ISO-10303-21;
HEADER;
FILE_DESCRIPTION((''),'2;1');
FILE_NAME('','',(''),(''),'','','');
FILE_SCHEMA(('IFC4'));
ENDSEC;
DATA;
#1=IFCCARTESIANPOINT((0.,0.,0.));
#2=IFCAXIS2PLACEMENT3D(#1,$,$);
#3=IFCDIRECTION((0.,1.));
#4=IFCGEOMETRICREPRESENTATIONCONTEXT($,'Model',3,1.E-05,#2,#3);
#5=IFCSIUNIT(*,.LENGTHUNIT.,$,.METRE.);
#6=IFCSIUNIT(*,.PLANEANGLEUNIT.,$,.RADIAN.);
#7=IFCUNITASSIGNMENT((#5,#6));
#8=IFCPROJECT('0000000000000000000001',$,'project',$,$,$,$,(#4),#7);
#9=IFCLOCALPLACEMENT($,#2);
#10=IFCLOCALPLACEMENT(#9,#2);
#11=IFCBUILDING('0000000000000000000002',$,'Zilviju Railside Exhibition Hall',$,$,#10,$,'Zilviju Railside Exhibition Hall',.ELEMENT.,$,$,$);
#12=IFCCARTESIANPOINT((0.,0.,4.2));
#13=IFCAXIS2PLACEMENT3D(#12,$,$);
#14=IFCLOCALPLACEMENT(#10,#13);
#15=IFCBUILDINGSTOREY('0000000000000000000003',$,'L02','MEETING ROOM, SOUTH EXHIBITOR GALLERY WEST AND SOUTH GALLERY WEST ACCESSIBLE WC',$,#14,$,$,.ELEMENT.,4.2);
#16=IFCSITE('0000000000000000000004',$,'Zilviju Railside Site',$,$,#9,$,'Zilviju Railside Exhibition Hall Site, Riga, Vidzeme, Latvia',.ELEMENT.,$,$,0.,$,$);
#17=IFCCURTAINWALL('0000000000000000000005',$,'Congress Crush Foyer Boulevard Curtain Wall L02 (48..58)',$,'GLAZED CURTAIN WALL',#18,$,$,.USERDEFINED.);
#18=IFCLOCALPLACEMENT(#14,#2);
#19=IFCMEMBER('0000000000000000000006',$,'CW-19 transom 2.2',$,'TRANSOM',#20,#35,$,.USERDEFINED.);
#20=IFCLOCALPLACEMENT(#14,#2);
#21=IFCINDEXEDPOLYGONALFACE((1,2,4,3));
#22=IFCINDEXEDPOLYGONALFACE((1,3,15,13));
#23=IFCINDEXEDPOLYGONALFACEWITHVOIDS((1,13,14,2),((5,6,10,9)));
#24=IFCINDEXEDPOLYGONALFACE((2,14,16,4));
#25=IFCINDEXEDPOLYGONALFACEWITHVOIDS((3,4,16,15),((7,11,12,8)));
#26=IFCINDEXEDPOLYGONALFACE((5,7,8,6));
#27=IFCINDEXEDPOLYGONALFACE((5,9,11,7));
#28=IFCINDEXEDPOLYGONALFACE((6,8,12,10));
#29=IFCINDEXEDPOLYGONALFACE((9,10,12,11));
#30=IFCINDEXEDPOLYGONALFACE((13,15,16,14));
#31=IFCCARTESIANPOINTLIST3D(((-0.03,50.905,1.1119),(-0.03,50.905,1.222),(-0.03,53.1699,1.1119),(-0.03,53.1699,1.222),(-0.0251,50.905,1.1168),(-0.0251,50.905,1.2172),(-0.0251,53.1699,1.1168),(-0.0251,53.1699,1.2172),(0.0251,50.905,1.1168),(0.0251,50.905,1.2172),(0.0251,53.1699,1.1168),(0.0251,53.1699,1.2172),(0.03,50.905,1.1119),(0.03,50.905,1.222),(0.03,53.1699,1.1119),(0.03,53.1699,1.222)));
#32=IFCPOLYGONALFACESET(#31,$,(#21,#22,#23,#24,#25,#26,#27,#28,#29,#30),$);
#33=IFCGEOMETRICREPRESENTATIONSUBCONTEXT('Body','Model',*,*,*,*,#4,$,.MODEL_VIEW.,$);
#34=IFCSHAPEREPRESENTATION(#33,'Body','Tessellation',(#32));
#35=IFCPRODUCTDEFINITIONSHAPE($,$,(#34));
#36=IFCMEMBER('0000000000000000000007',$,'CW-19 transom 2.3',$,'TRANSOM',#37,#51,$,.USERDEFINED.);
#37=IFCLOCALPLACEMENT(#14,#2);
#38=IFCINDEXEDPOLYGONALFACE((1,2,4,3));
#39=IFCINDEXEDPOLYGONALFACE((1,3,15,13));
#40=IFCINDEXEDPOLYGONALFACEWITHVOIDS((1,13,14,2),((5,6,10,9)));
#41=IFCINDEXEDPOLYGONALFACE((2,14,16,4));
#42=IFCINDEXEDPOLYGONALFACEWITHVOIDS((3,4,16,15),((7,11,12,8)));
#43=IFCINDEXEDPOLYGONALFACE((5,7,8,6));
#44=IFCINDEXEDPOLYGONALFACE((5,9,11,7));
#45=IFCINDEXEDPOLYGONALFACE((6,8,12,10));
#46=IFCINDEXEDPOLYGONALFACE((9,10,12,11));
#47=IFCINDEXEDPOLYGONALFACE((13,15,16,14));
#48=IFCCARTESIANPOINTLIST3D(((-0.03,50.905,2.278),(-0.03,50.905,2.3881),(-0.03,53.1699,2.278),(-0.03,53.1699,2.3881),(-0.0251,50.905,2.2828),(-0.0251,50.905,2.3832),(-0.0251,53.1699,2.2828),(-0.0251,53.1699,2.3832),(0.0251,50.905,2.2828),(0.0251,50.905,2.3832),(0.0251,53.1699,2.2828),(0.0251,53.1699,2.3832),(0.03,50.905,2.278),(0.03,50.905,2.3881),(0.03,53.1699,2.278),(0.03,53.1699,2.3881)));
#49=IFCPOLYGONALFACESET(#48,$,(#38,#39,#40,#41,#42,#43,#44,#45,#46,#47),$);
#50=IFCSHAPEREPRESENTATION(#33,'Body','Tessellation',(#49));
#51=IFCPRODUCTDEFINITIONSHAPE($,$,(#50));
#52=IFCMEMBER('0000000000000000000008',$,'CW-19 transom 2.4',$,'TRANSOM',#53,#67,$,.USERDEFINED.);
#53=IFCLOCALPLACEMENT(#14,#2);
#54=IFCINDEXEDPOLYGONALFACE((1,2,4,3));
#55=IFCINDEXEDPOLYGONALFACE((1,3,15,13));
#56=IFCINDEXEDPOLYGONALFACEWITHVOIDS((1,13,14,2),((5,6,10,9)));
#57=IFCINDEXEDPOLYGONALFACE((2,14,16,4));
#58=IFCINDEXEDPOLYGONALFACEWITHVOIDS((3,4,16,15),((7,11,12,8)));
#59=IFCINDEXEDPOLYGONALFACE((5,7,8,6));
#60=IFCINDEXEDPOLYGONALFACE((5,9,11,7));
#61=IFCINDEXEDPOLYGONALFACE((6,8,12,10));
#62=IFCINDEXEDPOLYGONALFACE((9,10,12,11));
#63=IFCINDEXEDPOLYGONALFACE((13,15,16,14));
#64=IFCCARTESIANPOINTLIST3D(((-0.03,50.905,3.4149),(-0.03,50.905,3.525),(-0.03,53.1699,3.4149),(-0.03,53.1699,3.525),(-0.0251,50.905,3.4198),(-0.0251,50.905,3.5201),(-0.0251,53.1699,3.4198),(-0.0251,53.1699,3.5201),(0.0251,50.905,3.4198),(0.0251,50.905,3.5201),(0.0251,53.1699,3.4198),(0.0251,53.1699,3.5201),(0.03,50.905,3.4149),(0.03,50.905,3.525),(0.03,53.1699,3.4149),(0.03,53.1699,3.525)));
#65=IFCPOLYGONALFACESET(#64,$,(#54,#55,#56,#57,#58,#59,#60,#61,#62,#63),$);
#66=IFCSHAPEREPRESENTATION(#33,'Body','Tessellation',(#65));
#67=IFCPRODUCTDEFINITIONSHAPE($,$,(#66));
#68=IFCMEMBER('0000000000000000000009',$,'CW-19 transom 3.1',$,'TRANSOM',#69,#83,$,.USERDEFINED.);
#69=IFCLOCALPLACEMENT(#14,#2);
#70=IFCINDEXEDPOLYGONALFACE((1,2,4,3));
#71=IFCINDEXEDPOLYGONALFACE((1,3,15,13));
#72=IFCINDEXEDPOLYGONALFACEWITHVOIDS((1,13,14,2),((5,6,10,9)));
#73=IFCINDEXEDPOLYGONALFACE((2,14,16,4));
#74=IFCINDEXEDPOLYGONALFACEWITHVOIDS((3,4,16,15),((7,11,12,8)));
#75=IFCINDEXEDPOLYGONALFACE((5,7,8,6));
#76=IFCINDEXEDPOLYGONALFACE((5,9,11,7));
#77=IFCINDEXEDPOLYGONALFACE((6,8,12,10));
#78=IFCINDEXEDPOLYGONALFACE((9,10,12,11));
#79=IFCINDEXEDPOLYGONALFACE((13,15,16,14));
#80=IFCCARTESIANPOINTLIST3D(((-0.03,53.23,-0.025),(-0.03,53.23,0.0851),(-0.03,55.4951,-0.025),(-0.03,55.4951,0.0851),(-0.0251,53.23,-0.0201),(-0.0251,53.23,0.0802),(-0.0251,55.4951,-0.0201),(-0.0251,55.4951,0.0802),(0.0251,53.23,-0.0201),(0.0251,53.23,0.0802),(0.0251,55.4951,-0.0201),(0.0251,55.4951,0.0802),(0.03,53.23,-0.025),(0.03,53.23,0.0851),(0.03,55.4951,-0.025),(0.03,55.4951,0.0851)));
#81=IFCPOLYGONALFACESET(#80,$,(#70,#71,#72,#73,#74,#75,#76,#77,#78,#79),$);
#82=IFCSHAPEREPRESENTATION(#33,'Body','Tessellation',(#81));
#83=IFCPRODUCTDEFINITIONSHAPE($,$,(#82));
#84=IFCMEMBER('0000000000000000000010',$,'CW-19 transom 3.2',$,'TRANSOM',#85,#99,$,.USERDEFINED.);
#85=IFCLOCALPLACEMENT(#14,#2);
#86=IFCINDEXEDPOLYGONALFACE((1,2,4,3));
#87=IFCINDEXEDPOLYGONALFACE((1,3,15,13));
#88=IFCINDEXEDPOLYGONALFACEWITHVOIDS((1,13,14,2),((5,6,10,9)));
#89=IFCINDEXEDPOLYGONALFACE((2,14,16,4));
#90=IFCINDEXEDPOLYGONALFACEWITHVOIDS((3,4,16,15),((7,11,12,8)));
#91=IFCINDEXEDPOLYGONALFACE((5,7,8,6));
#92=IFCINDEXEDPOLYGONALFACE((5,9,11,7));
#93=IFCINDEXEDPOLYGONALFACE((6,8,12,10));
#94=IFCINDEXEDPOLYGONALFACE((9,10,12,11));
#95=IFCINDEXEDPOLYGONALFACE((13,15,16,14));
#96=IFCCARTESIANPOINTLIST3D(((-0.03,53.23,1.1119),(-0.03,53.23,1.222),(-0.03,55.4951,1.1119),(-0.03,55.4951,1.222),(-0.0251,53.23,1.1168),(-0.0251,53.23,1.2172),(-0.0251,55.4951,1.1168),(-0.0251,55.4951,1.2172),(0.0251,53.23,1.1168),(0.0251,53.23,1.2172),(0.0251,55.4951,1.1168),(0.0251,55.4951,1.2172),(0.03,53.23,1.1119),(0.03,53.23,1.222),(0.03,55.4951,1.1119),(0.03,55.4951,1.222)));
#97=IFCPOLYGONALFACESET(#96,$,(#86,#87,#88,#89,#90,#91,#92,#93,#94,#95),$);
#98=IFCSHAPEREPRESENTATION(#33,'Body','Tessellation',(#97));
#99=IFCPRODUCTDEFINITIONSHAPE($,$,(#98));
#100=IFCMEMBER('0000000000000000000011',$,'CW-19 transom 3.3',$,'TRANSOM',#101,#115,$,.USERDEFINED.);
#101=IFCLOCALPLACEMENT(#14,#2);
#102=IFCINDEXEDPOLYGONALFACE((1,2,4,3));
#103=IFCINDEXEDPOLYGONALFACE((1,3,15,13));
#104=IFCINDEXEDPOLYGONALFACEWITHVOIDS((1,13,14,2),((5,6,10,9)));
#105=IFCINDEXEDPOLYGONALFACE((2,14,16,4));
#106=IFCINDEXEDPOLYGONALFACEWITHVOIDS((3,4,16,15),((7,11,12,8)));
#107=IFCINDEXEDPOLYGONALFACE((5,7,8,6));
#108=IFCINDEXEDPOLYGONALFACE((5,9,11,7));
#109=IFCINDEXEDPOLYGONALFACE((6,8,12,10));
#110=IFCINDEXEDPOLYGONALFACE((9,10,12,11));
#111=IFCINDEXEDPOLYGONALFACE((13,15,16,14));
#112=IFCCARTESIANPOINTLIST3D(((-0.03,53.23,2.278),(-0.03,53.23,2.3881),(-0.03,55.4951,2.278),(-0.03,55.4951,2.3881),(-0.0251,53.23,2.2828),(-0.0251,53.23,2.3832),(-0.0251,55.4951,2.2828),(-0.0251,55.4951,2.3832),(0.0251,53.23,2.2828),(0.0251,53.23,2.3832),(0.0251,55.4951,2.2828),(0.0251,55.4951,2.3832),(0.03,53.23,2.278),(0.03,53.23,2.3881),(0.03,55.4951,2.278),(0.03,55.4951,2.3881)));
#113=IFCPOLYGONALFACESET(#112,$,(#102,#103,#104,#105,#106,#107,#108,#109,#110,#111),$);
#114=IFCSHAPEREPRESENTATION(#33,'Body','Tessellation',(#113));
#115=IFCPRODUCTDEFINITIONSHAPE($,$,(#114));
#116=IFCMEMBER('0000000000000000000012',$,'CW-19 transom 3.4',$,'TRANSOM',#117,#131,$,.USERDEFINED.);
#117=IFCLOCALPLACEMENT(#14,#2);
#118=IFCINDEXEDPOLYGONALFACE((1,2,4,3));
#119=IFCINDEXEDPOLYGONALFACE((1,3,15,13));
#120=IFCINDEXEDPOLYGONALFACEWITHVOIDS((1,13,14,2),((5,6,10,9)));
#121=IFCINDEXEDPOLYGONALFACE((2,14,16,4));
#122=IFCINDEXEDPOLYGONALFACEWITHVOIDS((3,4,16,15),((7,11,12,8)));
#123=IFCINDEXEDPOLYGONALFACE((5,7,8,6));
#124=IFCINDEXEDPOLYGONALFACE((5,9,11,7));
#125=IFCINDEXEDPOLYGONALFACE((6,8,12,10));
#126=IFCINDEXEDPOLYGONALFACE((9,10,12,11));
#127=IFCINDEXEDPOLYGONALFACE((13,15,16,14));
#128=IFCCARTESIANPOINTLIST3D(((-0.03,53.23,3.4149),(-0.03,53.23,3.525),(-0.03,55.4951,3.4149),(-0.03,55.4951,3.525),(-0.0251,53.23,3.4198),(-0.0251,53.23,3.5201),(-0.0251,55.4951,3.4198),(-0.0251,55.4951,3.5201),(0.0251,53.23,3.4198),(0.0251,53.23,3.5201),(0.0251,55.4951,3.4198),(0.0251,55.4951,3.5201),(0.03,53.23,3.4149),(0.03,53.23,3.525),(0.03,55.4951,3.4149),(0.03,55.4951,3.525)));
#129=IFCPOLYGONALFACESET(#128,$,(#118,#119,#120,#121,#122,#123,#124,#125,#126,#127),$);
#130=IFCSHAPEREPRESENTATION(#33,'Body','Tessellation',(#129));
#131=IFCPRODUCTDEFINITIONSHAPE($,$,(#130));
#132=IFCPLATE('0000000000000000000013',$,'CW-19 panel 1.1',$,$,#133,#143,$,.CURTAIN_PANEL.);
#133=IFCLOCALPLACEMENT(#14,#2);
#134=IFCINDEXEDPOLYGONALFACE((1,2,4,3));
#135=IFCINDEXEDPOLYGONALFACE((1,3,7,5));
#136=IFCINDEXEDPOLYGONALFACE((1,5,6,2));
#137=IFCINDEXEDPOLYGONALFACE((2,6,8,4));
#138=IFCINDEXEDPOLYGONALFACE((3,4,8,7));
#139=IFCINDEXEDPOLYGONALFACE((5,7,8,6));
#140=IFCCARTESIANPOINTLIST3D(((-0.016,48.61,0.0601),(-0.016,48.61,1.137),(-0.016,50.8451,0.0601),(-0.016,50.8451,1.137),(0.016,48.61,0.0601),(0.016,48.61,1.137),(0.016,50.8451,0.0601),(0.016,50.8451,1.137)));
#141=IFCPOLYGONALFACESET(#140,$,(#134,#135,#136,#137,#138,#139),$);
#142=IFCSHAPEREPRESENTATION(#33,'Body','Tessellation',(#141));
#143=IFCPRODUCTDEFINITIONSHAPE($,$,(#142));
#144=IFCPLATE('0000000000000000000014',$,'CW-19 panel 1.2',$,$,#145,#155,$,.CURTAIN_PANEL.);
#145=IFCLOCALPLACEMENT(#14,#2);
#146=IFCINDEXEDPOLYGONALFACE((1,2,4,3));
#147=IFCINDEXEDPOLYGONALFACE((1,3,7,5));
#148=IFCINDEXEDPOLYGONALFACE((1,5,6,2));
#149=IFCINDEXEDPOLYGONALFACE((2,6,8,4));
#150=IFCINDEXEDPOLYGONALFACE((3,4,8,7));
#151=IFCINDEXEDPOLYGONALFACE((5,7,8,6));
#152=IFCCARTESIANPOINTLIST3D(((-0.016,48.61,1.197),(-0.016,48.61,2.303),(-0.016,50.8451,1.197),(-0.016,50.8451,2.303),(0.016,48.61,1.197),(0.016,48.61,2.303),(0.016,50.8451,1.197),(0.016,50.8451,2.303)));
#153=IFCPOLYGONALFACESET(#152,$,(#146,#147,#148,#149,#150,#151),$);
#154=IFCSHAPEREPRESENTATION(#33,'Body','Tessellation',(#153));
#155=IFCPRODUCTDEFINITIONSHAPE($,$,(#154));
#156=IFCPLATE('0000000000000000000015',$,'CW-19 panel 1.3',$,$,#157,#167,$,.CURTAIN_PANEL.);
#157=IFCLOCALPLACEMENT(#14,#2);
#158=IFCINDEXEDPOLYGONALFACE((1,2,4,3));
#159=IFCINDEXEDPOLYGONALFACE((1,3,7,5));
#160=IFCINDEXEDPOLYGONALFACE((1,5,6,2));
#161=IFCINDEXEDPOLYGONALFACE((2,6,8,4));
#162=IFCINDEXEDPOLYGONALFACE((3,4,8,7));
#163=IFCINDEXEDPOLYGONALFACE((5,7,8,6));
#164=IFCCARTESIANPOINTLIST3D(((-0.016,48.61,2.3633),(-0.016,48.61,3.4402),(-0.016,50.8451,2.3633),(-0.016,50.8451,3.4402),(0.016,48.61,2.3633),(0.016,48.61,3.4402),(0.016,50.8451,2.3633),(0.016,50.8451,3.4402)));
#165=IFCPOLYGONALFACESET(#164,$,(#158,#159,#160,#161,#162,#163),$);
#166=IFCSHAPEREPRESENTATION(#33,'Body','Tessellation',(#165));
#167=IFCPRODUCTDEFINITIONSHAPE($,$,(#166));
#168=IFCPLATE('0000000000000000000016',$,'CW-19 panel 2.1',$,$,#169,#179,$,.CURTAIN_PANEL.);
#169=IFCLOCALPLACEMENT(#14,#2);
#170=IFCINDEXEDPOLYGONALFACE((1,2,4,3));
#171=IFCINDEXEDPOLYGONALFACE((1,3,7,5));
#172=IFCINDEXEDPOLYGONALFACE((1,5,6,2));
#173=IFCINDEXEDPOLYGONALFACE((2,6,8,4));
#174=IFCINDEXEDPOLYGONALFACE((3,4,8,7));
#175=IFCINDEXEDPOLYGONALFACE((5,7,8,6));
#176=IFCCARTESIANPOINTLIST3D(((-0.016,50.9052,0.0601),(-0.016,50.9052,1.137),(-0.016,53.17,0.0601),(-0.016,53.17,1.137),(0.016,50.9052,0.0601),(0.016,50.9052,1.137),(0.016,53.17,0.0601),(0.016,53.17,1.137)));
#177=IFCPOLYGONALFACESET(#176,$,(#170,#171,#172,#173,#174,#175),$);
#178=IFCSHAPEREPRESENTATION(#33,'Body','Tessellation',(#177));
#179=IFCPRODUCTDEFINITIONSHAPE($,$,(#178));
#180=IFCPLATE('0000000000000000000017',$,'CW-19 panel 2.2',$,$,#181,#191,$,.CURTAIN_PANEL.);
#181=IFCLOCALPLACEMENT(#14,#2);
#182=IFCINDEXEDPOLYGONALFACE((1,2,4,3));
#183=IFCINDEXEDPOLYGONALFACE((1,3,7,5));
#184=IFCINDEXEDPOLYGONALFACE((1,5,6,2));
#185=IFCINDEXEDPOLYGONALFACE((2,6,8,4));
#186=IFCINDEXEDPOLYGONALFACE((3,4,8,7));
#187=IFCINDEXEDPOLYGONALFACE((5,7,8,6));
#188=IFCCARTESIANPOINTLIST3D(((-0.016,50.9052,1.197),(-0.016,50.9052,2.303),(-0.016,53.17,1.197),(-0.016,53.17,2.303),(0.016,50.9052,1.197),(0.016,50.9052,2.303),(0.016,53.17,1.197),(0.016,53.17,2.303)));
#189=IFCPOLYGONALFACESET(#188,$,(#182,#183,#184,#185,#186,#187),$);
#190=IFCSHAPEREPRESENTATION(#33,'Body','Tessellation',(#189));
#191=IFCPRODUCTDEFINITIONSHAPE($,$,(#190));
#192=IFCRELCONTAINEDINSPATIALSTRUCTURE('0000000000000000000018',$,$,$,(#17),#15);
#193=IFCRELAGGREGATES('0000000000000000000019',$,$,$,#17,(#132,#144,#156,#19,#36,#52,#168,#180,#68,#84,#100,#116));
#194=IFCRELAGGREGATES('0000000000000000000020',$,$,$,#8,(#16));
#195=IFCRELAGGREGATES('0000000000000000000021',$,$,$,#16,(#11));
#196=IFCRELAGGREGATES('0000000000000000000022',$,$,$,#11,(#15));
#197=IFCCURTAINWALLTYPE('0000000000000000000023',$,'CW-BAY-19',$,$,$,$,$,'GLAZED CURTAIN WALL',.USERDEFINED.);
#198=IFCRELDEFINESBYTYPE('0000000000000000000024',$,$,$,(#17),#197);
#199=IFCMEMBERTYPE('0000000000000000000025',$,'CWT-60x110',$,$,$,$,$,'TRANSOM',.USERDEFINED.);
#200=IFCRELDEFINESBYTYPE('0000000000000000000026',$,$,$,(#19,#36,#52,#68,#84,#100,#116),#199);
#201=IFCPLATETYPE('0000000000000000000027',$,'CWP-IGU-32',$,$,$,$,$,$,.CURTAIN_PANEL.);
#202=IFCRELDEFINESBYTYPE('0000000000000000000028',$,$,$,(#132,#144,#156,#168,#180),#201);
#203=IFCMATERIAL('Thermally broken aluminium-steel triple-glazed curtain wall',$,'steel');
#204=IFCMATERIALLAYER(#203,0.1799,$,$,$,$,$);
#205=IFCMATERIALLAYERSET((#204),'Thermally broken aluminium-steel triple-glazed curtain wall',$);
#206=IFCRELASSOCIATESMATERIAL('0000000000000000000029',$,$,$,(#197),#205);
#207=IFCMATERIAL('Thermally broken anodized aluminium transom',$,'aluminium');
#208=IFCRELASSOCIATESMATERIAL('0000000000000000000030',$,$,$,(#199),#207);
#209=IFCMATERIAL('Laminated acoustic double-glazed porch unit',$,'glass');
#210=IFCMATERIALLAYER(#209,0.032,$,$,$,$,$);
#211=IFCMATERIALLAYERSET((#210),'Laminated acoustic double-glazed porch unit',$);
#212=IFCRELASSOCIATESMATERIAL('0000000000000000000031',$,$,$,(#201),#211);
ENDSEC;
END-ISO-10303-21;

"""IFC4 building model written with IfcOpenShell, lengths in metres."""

from ifc_helpers import new_model, si_unit, direction, frame, origin, origin_2d, place, context, subcontext, project, spatial, rectangle, hollow_rectangle, extrude, material, layer, layer_set, material_profile, profile_set, type_object, element, aggregate, save


model = new_model("IFC4")

# Units and contexts
model_context = context("Model", 3, precision=1e-05, world=origin(), true_north=direction((0.0, 1.0)))
body_context = subcontext(model_context, "Body", "Model", "MODEL_VIEW")
ifc_project = project(units=[si_unit("LENGTHUNIT", "METRE"), si_unit("PLANEANGLEUNIT", "RADIAN")], contexts=[model_context])

# Site, building, storey
site_placement = place(None, origin())
site = spatial("IfcSite", under=ifc_project, at=site_placement, Name="Zilviju Railside Site", LongName="Zilviju Railside Exhibition Hall Site, Riga, Vidzeme, Latvia", CompositionType="ELEMENT", RefElevation=0.0)
building_placement = place(site_placement, origin())
building = spatial("IfcBuilding", under=site, at=building_placement, Name="Zilviju Railside Exhibition Hall", LongName="Zilviju Railside Exhibition Hall", CompositionType="ELEMENT")
storey_placement = place(building_placement, frame((0.0, 0.0, 4.2)))
storey = spatial("IfcBuildingStorey", under=building, at=storey_placement, Name="L02", Description="MEETING ROOM, SOUTH EXHIBITOR GALLERY WEST AND SOUTH GALLERY WEST ACCESSIBLE WC", CompositionType="ELEMENT", Elevation=4.2)

# Curtain wall, members, plates
ifc_material_1 = material(Name="Thermally broken aluminium-steel triple-glazed curtain wall", Category="steel")
ifc_layer_1 = layer(ifc_material_1, 0.1799)
ifc_layer_set_1 = layer_set([ifc_layer_1], Name="Thermally broken aluminium-steel triple-glazed curtain wall")
curtain_wall_type = type_object("IfcCurtainWallType", Name="CW-BAY-19", ElementType="GLAZED CURTAIN WALL", PredefinedType="USERDEFINED", material=ifc_layer_set_1)
curtain_wall_placement = place(storey_placement, origin())
curtain_wall = element("IfcCurtainWall", 1, at=curtain_wall_placement, inside=storey, type_object=curtain_wall_type, Name="Congress Crush Foyer Boulevard Curtain Wall L02 (48..58)", ObjectType="GLAZED CURTAIN WALL", PredefinedType="USERDEFINED")
ifc_material_2 = material(Name="Thermally broken anodized aluminium transom", Category="aluminium")
ifc_material_profile_1 = material_profile(ifc_material_2, hollow_rectangle(XDim=0.0601, YDim=0.1101, WallThickness=0.0049, at=origin_2d()), Name="TRANSOM 110x60x5")
ifc_profile_set_1 = profile_set([ifc_material_profile_1], Name="Thermally broken anodized aluminium transom")
member_type_1 = type_object("IfcMemberType", Name="CWT-60x110", ElementType="TRANSOM", PredefinedType="USERDEFINED", material=ifc_profile_set_1)
member_1_placement = place(storey_placement, frame((0.0, 50.905, 1.167), z_axis=(0.0, 1.0, 0.0), x_axis=(-1.0, 0.0, 0.0)))
member_1 = element("IfcMember", 2, at=member_1_placement, type_object=member_type_1, Name="CW-19 transom 2.2", ObjectType="TRANSOM", PredefinedType="USERDEFINED", context=body_context, shape_type="SweptSolid", body=[
    extrude(hollow_rectangle(XDim=0.0601, YDim=0.1101, WallThickness=0.0049, at=origin_2d()), origin(), (0.0, 0.0, 1.0), 2.2649),
])
member_2_placement = place(storey_placement, frame((0.0, 50.905, 2.333), z_axis=(0.0, 1.0, 0.0), x_axis=(-1.0, 0.0, 0.0)))
member_2 = element("IfcMember", 3, at=member_2_placement, type_object=member_type_1, Name="CW-19 transom 2.3", ObjectType="TRANSOM", PredefinedType="USERDEFINED", context=body_context, shape_type="SweptSolid", body=[
    extrude(hollow_rectangle(XDim=0.0601, YDim=0.1101, WallThickness=0.0049, at=origin_2d()), origin(), (0.0, 0.0, 1.0), 2.2649),
])
member_3_placement = place(storey_placement, frame((0.0, 50.905, 3.47), z_axis=(0.0, 1.0, 0.0), x_axis=(-1.0, 0.0, 0.0)))
member_3 = element("IfcMember", 4, at=member_3_placement, type_object=member_type_1, Name="CW-19 transom 2.4", ObjectType="TRANSOM", PredefinedType="USERDEFINED", context=body_context, shape_type="SweptSolid", body=[
    extrude(hollow_rectangle(XDim=0.0601, YDim=0.1101, WallThickness=0.0049, at=origin_2d()), origin(), (0.0, 0.0, 1.0), 2.2649),
])
member_4_placement = place(storey_placement, frame((0.0, 53.23, 0.03), z_axis=(0.0, 1.0, 0.0), x_axis=(-1.0, 0.0, 0.0)))
member_4 = element("IfcMember", 5, at=member_4_placement, type_object=member_type_1, Name="CW-19 transom 3.1", ObjectType="TRANSOM", PredefinedType="USERDEFINED", context=body_context, shape_type="SweptSolid", body=[
    extrude(hollow_rectangle(XDim=0.0601, YDim=0.1101, WallThickness=0.0049, at=origin_2d()), origin(), (0.0, 0.0, 1.0), 2.2651),
])
member_5_placement = place(storey_placement, frame((0.0, 53.23, 1.167), z_axis=(0.0, 1.0, 0.0), x_axis=(-1.0, 0.0, 0.0)))
member_5 = element("IfcMember", 6, at=member_5_placement, type_object=member_type_1, Name="CW-19 transom 3.2", ObjectType="TRANSOM", PredefinedType="USERDEFINED", context=body_context, shape_type="SweptSolid", body=[
    extrude(hollow_rectangle(XDim=0.0601, YDim=0.1101, WallThickness=0.0049, at=origin_2d()), origin(), (0.0, 0.0, 1.0), 2.2651),
])
member_6_placement = place(storey_placement, frame((0.0, 53.23, 2.333), z_axis=(0.0, 1.0, 0.0), x_axis=(-1.0, 0.0, 0.0)))
member_6 = element("IfcMember", 7, at=member_6_placement, type_object=member_type_1, Name="CW-19 transom 3.3", ObjectType="TRANSOM", PredefinedType="USERDEFINED", context=body_context, shape_type="SweptSolid", body=[
    extrude(hollow_rectangle(XDim=0.0601, YDim=0.1101, WallThickness=0.0049, at=origin_2d()), origin(), (0.0, 0.0, 1.0), 2.2651),
])
member_7_placement = place(storey_placement, frame((0.0, 53.23, 3.47), z_axis=(0.0, 1.0, 0.0), x_axis=(-1.0, 0.0, 0.0)))
member_7 = element("IfcMember", 8, at=member_7_placement, type_object=member_type_1, Name="CW-19 transom 3.4", ObjectType="TRANSOM", PredefinedType="USERDEFINED", context=body_context, shape_type="SweptSolid", body=[
    extrude(hollow_rectangle(XDim=0.0601, YDim=0.1101, WallThickness=0.0049, at=origin_2d()), origin(), (0.0, 0.0, 1.0), 2.2651),
])
ifc_material_3 = material(Name="Laminated acoustic double-glazed porch unit", Category="glass")
ifc_layer_2 = layer(ifc_material_3, 0.032)
ifc_layer_set_2 = layer_set([ifc_layer_2], Name="Laminated acoustic double-glazed porch unit")
plate_type = type_object("IfcPlateType", Name="CWP-IGU-32", PredefinedType="CURTAIN_PANEL", material=ifc_layer_set_2)
plate_1_placement = place(storey_placement, frame((0.0, 49.7275, 0.0601), z_axis=(0.0, 0.0, 1.0), x_axis=(0.0, 1.0, 0.0)))
plate_1 = element("IfcPlate", 9, at=plate_1_placement, type_object=plate_type, Name="CW-19 panel 1.1", PredefinedType="CURTAIN_PANEL", context=body_context, shape_type="SweptSolid", body=[
    extrude(rectangle(XDim=2.2351, YDim=0.032, at=origin_2d()), origin(), (0.0, 0.0, 1.0), 1.0769),
])
plate_2_placement = place(storey_placement, frame((0.0, 49.7275, 1.197), z_axis=(0.0, 0.0, 1.0), x_axis=(0.0, 1.0, 0.0)))
plate_2 = element("IfcPlate", 10, at=plate_2_placement, type_object=plate_type, Name="CW-19 panel 1.2", PredefinedType="CURTAIN_PANEL", context=body_context, shape_type="SweptSolid", body=[
    extrude(rectangle(XDim=2.2351, YDim=0.032, at=origin_2d()), origin(), (0.0, 0.0, 1.0), 1.106),
])
plate_3_placement = place(storey_placement, frame((0.0, 49.7275, 2.3633), z_axis=(0.0, 0.0, 1.0), x_axis=(0.0, 1.0, 0.0)))
plate_3 = element("IfcPlate", 11, at=plate_3_placement, type_object=plate_type, Name="CW-19 panel 1.3", PredefinedType="CURTAIN_PANEL", context=body_context, shape_type="SweptSolid", body=[
    extrude(rectangle(XDim=2.2351, YDim=0.032, at=origin_2d()), origin(), (0.0, 0.0, 1.0), 1.0769),
])
plate_4_placement = place(storey_placement, frame((0.0, 52.0376, 0.0601), z_axis=(0.0, 0.0, 1.0), x_axis=(0.0, 1.0, 0.0)))
plate_4 = element("IfcPlate", 12, at=plate_4_placement, type_object=plate_type, Name="CW-19 panel 2.1", PredefinedType="CURTAIN_PANEL", context=body_context, shape_type="SweptSolid", body=[
    extrude(rectangle(XDim=2.2649, YDim=0.032, at=origin_2d()), origin(), (0.0, 0.0, 1.0), 1.0769),
])
plate_5_placement = place(storey_placement, frame((0.0, 52.0376, 1.197), z_axis=(0.0, 0.0, 1.0), x_axis=(0.0, 1.0, 0.0)))
plate_5 = element("IfcPlate", 13, at=plate_5_placement, type_object=plate_type, Name="CW-19 panel 2.2", PredefinedType="CURTAIN_PANEL", context=body_context, shape_type="SweptSolid", body=[
    extrude(rectangle(XDim=2.2649, YDim=0.032, at=origin_2d()), origin(), (0.0, 0.0, 1.0), 1.106),
])
aggregate(curtain_wall, [plate_1, plate_2, plate_3, member_1, member_2, member_3, plate_4, plate_5, member_4, member_5, member_6, member_7])

save(model, "model.ifc")
